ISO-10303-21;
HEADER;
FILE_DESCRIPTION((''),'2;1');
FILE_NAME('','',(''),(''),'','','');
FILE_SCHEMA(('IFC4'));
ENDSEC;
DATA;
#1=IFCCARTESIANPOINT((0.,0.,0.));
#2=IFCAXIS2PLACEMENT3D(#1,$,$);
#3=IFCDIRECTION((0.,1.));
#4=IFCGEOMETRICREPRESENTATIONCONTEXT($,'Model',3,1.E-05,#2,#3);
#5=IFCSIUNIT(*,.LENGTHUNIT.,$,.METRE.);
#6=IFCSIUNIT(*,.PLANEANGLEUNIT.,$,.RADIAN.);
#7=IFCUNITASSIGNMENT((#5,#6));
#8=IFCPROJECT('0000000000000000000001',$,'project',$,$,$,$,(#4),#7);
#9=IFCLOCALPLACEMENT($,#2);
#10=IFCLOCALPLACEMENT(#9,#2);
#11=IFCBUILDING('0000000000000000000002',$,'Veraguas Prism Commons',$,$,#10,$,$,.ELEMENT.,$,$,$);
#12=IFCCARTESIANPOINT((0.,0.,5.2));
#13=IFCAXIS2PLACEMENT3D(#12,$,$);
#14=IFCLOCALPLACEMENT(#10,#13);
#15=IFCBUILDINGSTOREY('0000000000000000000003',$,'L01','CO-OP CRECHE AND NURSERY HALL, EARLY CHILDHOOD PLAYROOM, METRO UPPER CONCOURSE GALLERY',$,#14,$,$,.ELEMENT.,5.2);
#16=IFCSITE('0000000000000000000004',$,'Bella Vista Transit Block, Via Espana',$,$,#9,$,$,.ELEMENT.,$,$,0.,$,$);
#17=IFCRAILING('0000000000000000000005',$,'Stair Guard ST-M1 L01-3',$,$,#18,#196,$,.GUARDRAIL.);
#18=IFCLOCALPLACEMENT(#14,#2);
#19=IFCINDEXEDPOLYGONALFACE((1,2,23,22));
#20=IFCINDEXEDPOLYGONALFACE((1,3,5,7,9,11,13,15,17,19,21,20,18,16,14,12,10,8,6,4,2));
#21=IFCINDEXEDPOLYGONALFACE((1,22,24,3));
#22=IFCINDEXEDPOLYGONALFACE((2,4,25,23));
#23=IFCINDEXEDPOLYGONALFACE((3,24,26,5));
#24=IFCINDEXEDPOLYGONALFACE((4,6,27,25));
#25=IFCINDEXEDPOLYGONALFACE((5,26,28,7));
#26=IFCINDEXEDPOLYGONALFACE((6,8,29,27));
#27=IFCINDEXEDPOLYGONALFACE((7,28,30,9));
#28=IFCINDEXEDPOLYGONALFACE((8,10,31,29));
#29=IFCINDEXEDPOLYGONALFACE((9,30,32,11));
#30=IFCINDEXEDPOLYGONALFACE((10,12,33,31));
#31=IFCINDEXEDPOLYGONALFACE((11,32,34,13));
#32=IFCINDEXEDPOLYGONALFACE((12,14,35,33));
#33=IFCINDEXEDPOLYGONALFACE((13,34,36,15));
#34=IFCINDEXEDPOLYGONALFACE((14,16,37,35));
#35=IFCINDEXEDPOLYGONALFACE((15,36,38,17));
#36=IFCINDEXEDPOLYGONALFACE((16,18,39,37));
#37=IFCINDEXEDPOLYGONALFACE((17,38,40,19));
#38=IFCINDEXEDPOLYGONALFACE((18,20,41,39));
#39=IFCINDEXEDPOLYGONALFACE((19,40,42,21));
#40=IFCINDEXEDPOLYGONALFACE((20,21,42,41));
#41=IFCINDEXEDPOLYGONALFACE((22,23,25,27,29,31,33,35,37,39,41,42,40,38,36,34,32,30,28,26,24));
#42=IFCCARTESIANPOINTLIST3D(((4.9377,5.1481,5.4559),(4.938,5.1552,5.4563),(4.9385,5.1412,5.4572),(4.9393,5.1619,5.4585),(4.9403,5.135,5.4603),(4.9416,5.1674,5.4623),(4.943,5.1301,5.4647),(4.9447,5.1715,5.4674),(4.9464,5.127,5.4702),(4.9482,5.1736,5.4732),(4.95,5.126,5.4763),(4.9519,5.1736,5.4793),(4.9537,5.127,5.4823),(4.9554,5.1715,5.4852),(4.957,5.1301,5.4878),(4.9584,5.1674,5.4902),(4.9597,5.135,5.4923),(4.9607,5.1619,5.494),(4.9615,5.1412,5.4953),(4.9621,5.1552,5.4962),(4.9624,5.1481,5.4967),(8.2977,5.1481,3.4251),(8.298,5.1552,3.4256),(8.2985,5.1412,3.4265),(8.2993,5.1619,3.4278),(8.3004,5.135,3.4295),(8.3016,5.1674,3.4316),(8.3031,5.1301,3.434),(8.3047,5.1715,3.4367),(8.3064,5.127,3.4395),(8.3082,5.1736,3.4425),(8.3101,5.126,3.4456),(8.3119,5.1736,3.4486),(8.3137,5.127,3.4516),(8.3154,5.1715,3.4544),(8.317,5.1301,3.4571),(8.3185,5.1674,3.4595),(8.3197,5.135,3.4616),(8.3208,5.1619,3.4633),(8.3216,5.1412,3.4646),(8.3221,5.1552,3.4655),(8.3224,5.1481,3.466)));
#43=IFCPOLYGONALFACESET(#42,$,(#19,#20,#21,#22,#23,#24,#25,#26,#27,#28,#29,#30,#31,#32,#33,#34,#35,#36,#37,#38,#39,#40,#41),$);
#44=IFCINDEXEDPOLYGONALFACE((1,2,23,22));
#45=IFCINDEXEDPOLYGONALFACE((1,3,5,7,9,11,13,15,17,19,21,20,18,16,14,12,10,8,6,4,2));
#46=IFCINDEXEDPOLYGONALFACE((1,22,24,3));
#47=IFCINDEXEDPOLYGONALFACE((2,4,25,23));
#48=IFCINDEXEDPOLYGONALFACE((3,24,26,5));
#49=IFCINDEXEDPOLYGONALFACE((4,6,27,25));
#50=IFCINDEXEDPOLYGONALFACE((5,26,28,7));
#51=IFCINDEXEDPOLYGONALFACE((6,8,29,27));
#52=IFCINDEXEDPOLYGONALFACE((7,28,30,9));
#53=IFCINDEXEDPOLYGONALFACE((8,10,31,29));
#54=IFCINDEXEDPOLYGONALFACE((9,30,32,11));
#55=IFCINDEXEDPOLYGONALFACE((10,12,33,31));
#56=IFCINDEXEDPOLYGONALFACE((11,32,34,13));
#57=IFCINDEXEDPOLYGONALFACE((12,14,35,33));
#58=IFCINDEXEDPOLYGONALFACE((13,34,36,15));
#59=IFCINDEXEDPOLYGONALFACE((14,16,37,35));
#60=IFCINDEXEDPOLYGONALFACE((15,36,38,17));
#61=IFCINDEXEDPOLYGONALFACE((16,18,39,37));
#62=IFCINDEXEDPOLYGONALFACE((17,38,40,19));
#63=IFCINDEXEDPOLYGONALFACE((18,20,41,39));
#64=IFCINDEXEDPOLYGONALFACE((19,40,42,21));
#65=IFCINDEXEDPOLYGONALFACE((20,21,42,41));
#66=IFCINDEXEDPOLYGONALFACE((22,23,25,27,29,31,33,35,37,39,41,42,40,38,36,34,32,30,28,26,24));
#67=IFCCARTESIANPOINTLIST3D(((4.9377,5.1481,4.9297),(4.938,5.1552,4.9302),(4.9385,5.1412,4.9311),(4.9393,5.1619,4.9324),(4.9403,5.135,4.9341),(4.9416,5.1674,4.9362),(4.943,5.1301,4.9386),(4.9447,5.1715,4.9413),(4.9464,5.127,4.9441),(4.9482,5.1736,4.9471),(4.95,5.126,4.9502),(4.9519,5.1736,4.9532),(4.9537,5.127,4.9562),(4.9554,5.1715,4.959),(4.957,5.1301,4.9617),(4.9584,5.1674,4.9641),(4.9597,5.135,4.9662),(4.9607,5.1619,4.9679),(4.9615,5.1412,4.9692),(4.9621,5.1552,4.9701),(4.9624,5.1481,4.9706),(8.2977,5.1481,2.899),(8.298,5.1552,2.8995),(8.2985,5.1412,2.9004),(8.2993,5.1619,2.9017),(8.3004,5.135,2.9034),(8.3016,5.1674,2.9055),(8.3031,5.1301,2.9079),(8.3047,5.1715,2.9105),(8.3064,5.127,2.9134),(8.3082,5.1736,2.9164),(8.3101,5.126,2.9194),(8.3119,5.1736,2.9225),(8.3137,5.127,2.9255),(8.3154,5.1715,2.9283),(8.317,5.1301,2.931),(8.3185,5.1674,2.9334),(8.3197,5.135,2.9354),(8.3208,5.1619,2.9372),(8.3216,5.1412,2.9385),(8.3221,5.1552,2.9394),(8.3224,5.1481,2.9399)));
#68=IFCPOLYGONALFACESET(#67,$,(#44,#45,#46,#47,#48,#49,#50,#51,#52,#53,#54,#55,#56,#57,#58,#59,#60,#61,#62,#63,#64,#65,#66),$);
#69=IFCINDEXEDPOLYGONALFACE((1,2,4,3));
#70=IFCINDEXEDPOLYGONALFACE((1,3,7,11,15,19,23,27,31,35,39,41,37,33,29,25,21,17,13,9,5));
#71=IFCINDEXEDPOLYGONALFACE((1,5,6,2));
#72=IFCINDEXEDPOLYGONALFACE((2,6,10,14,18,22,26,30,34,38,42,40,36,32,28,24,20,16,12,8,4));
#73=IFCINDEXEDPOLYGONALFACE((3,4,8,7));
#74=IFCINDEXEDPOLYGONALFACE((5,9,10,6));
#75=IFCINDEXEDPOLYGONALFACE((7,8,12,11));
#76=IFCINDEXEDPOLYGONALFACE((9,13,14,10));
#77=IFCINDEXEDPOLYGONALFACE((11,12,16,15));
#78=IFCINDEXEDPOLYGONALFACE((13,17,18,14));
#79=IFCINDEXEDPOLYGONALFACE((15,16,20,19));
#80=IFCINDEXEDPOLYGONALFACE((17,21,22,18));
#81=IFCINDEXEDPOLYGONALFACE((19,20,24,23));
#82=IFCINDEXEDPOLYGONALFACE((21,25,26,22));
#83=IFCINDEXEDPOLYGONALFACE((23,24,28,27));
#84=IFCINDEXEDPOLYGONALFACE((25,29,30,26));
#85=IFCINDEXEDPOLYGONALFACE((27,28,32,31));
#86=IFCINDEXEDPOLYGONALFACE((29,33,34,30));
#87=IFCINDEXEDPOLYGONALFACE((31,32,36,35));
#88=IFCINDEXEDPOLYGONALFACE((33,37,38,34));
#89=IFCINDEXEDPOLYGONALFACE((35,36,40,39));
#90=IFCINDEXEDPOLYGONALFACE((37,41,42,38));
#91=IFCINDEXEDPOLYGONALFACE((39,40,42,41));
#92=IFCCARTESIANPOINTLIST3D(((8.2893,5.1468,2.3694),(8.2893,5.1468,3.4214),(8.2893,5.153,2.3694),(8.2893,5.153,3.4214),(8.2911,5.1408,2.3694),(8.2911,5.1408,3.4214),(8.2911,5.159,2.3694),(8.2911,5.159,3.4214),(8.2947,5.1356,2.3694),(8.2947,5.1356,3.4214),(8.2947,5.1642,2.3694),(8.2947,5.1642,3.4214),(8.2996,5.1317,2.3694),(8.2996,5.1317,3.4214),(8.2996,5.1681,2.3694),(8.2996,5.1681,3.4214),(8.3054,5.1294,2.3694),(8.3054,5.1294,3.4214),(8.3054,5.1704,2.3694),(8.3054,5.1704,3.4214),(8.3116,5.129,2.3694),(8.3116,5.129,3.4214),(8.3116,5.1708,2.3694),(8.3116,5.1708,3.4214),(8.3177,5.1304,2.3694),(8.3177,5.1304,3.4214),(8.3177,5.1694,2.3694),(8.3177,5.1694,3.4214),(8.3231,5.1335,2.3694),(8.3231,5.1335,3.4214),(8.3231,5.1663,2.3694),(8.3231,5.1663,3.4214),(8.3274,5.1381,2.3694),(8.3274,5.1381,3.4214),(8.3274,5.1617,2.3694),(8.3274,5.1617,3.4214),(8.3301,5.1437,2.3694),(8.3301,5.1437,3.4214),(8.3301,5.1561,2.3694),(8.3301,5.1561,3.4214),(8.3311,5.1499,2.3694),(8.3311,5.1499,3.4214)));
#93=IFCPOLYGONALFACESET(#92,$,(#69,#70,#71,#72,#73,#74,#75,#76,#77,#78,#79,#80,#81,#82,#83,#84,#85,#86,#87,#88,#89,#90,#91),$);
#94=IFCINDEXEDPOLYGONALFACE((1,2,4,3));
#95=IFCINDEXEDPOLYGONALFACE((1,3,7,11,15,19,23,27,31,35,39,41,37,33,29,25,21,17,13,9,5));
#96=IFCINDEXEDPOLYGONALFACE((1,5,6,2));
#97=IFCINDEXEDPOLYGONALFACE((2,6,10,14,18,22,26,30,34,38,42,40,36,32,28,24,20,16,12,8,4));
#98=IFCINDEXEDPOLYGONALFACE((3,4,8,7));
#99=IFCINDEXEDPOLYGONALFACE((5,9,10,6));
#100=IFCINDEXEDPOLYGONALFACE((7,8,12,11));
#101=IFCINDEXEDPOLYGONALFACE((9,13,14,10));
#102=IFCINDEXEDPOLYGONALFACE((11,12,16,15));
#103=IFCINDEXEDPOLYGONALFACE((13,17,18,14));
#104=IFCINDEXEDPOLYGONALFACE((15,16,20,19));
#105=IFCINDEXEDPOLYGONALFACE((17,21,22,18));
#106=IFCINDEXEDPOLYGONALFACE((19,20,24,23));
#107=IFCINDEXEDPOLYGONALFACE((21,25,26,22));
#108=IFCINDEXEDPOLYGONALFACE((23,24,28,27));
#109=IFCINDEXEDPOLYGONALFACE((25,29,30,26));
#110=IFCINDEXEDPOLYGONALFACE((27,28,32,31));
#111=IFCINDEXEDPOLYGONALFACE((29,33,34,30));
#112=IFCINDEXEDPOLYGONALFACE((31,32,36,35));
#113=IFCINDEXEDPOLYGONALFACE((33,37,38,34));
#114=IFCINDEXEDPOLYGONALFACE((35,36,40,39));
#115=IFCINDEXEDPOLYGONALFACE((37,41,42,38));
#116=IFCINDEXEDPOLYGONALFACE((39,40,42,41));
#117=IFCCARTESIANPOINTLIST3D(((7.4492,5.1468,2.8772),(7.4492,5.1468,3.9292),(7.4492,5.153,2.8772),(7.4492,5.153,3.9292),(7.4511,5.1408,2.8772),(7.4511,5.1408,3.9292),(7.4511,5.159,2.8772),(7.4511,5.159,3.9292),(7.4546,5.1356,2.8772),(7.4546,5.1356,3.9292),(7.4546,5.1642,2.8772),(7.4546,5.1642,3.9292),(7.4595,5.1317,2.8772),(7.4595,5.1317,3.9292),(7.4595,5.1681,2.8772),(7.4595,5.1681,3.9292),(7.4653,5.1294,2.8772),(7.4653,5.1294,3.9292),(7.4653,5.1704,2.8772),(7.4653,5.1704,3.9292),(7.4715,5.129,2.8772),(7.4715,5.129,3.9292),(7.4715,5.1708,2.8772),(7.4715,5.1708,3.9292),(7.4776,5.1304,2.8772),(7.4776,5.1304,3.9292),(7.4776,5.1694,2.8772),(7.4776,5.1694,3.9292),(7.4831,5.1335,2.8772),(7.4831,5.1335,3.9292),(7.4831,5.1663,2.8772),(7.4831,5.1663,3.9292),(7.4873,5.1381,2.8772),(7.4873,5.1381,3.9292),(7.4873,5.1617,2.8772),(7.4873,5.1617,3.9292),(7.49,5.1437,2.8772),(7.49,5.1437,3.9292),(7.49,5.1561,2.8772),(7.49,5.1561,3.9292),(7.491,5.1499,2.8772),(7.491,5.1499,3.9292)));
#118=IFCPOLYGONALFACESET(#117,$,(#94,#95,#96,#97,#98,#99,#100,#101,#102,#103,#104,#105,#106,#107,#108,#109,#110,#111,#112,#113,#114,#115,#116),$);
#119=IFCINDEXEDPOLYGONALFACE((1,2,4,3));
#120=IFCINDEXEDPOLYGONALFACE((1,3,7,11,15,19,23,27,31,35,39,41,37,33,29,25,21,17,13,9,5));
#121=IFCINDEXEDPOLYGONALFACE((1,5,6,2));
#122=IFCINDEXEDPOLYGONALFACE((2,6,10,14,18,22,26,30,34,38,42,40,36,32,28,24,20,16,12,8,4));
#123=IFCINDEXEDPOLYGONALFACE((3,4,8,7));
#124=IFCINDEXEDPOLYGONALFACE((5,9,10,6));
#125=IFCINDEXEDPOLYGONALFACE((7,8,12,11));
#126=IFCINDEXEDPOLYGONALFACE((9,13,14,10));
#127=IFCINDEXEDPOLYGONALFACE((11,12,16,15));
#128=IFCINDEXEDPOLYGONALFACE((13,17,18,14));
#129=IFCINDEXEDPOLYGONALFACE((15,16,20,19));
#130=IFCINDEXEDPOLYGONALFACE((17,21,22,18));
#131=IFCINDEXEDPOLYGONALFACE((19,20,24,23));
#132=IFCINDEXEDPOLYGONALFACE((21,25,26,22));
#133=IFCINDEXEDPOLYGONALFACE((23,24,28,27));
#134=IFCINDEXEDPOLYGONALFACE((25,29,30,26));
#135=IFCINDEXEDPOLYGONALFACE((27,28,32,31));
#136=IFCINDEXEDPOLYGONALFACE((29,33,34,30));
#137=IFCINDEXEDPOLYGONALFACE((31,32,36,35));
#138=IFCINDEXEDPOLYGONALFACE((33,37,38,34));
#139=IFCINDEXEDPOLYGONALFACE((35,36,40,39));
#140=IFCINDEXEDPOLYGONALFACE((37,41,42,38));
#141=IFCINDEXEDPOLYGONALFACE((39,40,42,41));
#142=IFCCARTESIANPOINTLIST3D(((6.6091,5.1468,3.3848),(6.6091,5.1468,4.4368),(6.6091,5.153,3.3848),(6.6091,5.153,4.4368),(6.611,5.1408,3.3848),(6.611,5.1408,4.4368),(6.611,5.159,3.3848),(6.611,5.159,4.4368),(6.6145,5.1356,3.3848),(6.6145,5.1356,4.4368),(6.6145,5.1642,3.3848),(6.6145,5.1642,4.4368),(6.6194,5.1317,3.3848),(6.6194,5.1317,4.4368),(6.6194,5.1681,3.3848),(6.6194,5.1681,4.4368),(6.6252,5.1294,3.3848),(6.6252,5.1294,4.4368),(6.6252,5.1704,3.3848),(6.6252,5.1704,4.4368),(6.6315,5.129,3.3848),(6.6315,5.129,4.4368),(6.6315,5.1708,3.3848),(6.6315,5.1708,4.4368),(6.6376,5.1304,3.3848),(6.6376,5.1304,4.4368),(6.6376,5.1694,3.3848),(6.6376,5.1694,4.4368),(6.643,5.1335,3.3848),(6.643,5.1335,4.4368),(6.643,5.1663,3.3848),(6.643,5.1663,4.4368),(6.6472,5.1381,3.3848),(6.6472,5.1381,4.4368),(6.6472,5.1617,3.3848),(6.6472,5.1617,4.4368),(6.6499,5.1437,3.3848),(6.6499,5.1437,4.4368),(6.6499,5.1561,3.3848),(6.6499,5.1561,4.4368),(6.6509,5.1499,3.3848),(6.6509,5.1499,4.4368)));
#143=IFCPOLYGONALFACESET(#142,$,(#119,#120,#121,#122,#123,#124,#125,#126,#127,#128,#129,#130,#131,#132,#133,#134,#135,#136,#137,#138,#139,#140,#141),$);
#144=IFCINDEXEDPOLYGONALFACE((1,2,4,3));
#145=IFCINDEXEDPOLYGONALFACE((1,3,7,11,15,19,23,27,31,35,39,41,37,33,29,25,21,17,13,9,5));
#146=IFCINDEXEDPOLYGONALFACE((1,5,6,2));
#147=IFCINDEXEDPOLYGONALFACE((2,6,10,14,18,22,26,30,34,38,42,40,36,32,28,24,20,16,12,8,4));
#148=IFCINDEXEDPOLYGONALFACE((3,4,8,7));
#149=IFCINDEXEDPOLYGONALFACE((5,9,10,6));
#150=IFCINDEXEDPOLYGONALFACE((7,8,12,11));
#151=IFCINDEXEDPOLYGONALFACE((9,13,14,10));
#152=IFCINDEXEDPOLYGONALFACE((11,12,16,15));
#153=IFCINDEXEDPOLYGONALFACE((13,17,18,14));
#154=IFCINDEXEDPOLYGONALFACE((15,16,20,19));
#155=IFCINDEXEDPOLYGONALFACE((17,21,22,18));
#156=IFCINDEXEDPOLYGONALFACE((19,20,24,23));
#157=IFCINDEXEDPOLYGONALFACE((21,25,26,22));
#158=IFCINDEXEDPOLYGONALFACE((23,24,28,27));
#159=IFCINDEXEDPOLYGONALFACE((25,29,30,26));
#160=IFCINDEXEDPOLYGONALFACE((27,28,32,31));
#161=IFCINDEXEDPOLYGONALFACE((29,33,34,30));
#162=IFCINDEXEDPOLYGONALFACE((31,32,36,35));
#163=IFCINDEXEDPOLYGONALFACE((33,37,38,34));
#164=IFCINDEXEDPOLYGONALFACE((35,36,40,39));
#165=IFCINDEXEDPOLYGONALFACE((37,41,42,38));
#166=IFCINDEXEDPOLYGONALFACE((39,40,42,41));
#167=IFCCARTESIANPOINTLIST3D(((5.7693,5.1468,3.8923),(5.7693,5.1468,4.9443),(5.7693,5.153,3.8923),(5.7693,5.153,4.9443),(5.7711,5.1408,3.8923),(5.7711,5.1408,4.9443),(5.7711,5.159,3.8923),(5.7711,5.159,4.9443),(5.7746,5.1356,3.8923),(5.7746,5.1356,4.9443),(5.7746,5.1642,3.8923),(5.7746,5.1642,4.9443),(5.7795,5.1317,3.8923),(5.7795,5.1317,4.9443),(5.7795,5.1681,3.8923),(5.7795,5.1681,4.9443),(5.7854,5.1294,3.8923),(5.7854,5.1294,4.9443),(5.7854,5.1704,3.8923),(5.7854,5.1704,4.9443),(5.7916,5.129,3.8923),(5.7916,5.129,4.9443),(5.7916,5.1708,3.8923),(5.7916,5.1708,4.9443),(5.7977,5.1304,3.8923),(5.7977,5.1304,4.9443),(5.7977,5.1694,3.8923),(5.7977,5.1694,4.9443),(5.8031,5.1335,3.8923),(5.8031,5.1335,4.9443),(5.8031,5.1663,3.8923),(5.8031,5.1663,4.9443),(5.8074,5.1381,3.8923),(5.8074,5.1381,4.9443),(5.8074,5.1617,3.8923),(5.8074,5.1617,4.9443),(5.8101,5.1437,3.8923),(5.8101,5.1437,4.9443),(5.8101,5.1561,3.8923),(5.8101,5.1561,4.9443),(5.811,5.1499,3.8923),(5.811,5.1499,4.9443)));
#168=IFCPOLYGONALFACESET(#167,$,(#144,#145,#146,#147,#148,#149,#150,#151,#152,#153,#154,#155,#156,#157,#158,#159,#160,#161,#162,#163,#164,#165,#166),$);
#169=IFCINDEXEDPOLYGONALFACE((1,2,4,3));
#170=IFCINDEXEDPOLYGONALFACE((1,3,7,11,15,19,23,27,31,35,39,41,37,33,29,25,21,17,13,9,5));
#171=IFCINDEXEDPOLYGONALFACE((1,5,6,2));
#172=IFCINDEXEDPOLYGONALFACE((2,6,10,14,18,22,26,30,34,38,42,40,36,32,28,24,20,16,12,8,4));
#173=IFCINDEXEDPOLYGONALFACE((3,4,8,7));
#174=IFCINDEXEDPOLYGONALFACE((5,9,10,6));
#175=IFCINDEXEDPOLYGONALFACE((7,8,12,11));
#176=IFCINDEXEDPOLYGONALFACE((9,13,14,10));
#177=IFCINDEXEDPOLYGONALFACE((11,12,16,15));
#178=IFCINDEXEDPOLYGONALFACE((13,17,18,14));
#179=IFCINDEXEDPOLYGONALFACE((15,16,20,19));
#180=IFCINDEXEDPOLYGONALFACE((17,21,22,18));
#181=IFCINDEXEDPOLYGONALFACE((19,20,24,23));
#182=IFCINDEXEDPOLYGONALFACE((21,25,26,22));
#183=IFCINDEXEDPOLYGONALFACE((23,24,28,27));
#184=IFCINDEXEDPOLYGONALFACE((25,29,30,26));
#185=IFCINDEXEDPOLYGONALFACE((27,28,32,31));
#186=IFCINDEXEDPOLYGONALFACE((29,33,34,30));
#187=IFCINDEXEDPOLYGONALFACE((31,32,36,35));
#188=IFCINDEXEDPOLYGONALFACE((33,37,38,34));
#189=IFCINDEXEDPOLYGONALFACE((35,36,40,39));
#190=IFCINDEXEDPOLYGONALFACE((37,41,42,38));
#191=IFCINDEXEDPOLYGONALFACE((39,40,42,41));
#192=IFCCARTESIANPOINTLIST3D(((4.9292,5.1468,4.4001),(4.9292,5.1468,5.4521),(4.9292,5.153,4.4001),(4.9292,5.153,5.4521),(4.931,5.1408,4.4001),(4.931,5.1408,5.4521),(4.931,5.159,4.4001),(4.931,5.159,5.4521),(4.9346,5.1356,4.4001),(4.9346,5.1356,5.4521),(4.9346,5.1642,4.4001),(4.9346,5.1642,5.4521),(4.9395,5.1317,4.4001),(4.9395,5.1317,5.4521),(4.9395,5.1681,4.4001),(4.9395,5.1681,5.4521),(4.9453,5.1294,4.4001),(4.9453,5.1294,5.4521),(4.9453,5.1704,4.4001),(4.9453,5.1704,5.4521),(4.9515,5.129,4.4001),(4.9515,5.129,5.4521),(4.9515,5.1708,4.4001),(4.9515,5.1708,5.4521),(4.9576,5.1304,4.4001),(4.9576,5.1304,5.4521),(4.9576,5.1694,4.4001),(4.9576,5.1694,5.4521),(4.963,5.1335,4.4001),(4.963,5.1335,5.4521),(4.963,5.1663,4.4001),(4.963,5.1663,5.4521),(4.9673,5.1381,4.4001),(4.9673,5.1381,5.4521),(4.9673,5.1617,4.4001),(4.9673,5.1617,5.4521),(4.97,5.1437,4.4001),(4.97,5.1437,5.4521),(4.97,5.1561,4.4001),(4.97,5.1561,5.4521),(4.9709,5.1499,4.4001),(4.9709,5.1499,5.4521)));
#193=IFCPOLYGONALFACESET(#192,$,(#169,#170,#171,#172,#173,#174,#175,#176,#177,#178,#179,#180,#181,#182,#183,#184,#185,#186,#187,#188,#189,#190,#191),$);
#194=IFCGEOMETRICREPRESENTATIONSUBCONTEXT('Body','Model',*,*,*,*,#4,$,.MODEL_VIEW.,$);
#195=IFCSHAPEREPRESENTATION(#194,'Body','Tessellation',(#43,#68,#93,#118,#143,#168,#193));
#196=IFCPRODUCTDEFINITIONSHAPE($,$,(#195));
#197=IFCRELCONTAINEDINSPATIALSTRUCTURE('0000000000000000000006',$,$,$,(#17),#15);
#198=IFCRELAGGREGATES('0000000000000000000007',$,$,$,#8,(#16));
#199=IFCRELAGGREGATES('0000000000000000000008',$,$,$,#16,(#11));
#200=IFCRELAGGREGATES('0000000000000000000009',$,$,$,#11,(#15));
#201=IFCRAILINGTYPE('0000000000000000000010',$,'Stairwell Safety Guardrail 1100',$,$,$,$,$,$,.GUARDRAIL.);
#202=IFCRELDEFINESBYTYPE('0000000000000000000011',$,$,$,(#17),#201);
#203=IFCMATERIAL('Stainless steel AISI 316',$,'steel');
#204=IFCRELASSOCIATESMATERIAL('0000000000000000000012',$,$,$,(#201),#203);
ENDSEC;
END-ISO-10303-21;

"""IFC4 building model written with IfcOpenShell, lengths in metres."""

from ifc_helpers import new_model, si_unit, direction, frame, origin, origin_2d, place, context, subcontext, project, spatial, circle, extrude, material, type_object, element, save


model = new_model("IFC4")

# Units and contexts
model_context = context("Model", 3, precision=1e-05, world=origin(), true_north=direction((0.0, 1.0)))
body_context = subcontext(model_context, "Body", "Model", "MODEL_VIEW")
ifc_project = project(units=[si_unit("LENGTHUNIT", "METRE"), si_unit("PLANEANGLEUNIT", "RADIAN")], contexts=[model_context])

# Site, building, storey
site_placement = place(None, origin())
site = spatial("IfcSite", under=ifc_project, at=site_placement, Name="Bella Vista Transit Block, Via Espana", CompositionType="ELEMENT", RefElevation=0.0)
building_placement = place(site_placement, origin())
building = spatial("IfcBuilding", under=site, at=building_placement, Name="Veraguas Prism Commons", CompositionType="ELEMENT")
storey_placement = place(building_placement, frame((0.0, 0.0, 5.2)))
storey = spatial("IfcBuildingStorey", under=building, at=storey_placement, Name="L01", Description="CO-OP CRECHE AND NURSERY HALL, EARLY CHILDHOOD PLAYROOM, METRO UPPER CONCOURSE GALLERY", CompositionType="ELEMENT", Elevation=5.2)

# Shared definitions
ifc_material_1 = material(Name="Stainless steel AISI 316", Category="steel")

# Railing
railing_type_1 = type_object("IfcRailingType", Name="Stairwell Safety Guardrail 1100", PredefinedType="GUARDRAIL", material=ifc_material_1)
railing_1_placement = place(storey_placement, frame((8.3101, 5.1499, 2.3694)))
element("IfcRailing", 1, at=railing_1_placement, inside=storey, type_object=railing_type_1, Name="Stair Guard ST-M1 L01-3", PredefinedType="GUARDRAIL", context=body_context, shape_type="SweptSolid", body=[
    extrude(circle(Radius=0.0239, at=origin_2d()), frame((0.0, 0.0, 1.0762), z_axis=(-0.855837, 0.0, 0.517246), x_axis=(0.0, -1.0, 0.0)), (0.0, 0.0, 1.0), 3.926),
    extrude(circle(Radius=0.0239, at=origin_2d()), frame((0.0, 0.0, 0.55), z_axis=(-0.855837, 0.0, 0.517246), x_axis=(0.0, -1.0, 0.0)), (0.0, 0.0, 1.0), 3.926),
    extrude(circle(Radius=0.021, at=origin_2d()), origin(), (0.0, 0.0, 1.0), 1.052),
    extrude(circle(Radius=0.021, at=origin_2d()), frame((-0.8401, 0.0, 0.5078)), (0.0, 0.0, 1.0), 1.052),
    extrude(circle(Radius=0.021, at=origin_2d()), frame((-1.6802, 0.0, 1.0154)), (0.0, 0.0, 1.0), 1.052),
    extrude(circle(Radius=0.021, at=origin_2d()), frame((-2.52, 0.0, 1.5229)), (0.0, 0.0, 1.0), 1.052),
    extrude(circle(Radius=0.021, at=origin_2d()), frame((-3.3601, 0.0, 2.0308)), (0.0, 0.0, 1.0), 1.052),
])

save(model, "model.ifc")
